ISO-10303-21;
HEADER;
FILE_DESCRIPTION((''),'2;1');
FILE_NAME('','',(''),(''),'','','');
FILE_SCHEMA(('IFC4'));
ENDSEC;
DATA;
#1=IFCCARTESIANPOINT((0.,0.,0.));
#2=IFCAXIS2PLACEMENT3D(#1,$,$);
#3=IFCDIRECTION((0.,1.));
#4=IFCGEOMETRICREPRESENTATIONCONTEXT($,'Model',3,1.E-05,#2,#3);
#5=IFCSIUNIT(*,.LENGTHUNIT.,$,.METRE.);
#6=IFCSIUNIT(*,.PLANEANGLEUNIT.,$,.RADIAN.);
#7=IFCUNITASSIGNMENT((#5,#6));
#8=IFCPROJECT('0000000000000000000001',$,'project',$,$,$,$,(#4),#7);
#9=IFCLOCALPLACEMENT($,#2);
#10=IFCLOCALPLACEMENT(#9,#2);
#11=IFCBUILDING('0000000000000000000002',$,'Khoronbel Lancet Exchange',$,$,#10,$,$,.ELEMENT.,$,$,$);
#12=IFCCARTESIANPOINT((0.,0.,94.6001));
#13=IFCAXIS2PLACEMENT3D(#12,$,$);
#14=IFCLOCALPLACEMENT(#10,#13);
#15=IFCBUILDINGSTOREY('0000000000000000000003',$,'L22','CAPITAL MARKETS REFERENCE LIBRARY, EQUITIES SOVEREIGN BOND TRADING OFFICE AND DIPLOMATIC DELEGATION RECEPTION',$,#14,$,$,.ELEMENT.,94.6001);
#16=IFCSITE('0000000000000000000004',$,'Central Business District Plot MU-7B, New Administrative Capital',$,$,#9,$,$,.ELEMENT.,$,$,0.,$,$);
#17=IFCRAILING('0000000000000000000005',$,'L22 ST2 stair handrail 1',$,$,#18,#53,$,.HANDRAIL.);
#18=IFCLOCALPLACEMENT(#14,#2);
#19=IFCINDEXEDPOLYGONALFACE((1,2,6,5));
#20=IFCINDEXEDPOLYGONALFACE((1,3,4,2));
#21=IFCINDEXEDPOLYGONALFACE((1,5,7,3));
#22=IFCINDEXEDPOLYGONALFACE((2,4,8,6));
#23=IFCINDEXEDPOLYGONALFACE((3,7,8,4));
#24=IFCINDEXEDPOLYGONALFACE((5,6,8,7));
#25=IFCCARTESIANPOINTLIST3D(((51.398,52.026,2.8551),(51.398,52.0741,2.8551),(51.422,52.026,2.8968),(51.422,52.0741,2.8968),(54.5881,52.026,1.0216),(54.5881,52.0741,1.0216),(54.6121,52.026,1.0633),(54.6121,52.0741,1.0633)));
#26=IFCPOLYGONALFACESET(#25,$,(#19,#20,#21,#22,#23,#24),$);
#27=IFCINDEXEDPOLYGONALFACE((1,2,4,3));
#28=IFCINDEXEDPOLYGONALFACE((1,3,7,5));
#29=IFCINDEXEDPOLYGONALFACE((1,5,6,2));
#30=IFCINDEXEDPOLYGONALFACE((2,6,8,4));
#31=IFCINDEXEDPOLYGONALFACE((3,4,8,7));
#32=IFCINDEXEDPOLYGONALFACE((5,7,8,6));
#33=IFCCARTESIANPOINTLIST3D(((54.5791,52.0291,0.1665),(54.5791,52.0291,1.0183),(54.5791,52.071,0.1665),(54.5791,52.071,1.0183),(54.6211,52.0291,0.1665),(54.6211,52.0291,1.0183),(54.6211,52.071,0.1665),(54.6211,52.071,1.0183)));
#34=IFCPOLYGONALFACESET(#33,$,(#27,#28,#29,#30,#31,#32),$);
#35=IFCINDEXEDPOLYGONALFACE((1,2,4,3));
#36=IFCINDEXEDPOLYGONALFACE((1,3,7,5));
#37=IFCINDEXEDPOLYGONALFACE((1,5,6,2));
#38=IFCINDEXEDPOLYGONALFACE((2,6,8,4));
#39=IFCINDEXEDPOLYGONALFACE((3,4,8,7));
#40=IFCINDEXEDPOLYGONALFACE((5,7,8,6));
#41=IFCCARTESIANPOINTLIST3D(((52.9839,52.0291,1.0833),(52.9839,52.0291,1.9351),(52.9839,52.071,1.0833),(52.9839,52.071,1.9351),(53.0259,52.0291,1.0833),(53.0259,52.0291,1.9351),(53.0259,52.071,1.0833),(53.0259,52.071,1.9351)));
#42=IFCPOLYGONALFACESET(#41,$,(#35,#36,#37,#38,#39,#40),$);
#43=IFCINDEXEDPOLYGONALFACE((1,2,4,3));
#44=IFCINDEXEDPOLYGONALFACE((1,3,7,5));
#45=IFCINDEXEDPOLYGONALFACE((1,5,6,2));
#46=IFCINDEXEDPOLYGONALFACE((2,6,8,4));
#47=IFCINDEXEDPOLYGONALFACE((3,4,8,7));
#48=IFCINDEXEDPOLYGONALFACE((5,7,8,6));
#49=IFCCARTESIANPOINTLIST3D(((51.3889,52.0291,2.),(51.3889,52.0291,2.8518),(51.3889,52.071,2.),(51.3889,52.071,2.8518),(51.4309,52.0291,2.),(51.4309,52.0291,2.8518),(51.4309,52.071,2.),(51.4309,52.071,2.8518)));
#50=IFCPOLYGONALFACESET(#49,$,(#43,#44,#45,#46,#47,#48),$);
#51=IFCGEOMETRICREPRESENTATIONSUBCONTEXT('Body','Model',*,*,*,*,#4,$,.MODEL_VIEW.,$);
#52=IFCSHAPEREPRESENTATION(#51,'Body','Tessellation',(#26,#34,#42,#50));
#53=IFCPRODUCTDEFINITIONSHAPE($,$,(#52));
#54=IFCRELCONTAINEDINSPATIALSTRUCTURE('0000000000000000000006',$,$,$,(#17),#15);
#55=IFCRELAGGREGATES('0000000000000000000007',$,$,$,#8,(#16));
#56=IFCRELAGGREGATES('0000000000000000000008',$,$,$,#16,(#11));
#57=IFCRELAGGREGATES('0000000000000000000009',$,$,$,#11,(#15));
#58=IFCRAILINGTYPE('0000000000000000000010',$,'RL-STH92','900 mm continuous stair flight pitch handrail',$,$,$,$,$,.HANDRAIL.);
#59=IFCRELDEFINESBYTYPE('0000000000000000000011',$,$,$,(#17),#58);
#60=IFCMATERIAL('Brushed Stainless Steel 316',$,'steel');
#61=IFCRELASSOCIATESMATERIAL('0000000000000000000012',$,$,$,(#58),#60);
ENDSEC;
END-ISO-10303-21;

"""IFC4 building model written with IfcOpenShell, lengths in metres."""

from ifc_helpers import new_model, si_unit, direction, frame, origin, origin_2d, place, context, subcontext, project, spatial, rectangle, extrude, material, type_object, element, save


model = new_model("IFC4")

# Units and contexts
model_context = context("Model", 3, precision=1e-05, world=origin(), true_north=direction((0.0, 1.0)))
body_context = subcontext(model_context, "Body", "Model", "MODEL_VIEW")
ifc_project = project(units=[si_unit("LENGTHUNIT", "METRE"), si_unit("PLANEANGLEUNIT", "RADIAN")], contexts=[model_context])

# Site, building, storey
site_placement = place(None, origin())
site = spatial("IfcSite", under=ifc_project, at=site_placement, Name="Central Business District Plot MU-7B, New Administrative Capital", CompositionType="ELEMENT", RefElevation=0.0)
building_placement = place(site_placement, origin())
building = spatial("IfcBuilding", under=site, at=building_placement, Name="Khoronbel Lancet Exchange", CompositionType="ELEMENT")
storey_placement = place(building_placement, frame((0.0, 0.0, 94.6001)))
storey = spatial("IfcBuildingStorey", under=building, at=storey_placement, Name="L22", Description="CAPITAL MARKETS REFERENCE LIBRARY, EQUITIES SOVEREIGN BOND TRADING OFFICE AND DIPLOMATIC DELEGATION RECEPTION", CompositionType="ELEMENT", Elevation=94.6001)

# Railing
ifc_material_1 = material(Name="Brushed Stainless Steel 316", Category="steel")
railing_type_1 = type_object("IfcRailingType", Name="RL-STH92", Description="900 mm continuous stair flight pitch handrail", PredefinedType="HANDRAIL", material=ifc_material_1)
railing_1_placement = place(storey_placement, frame((54.6001, 52.05, 0.1665)))
element("IfcRailing", 1, at=railing_1_placement, inside=storey, type_object=railing_type_1, Name="L22 ST2 stair handrail 1", PredefinedType="HANDRAIL", context=body_context, shape_type="SweptSolid", body=[
    extrude(rectangle(XDim=0.0481, YDim=0.0481, at=origin_2d()), frame((0.0, 0.0, 0.876), z_axis=(-0.867007, 0.0, 0.498295), x_axis=(0.0, -1.0, 0.0)), (0.0, 0.0, 1.0), 3.6794),
    extrude(rectangle(XDim=0.042, YDim=0.042, at=origin_2d()), origin(), (0.0, 0.0, 1.0), 0.8518),
    extrude(rectangle(XDim=0.042, YDim=0.042, at=origin_2d()), frame((-1.5952, 0.0, 0.9167)), (0.0, 0.0, 1.0), 0.8518),
    extrude(rectangle(XDim=0.042, YDim=0.042, at=origin_2d()), frame((-3.1902, 0.0, 1.8335)), (0.0, 0.0, 1.0), 0.8518),
])

save(model, "model.ifc")
